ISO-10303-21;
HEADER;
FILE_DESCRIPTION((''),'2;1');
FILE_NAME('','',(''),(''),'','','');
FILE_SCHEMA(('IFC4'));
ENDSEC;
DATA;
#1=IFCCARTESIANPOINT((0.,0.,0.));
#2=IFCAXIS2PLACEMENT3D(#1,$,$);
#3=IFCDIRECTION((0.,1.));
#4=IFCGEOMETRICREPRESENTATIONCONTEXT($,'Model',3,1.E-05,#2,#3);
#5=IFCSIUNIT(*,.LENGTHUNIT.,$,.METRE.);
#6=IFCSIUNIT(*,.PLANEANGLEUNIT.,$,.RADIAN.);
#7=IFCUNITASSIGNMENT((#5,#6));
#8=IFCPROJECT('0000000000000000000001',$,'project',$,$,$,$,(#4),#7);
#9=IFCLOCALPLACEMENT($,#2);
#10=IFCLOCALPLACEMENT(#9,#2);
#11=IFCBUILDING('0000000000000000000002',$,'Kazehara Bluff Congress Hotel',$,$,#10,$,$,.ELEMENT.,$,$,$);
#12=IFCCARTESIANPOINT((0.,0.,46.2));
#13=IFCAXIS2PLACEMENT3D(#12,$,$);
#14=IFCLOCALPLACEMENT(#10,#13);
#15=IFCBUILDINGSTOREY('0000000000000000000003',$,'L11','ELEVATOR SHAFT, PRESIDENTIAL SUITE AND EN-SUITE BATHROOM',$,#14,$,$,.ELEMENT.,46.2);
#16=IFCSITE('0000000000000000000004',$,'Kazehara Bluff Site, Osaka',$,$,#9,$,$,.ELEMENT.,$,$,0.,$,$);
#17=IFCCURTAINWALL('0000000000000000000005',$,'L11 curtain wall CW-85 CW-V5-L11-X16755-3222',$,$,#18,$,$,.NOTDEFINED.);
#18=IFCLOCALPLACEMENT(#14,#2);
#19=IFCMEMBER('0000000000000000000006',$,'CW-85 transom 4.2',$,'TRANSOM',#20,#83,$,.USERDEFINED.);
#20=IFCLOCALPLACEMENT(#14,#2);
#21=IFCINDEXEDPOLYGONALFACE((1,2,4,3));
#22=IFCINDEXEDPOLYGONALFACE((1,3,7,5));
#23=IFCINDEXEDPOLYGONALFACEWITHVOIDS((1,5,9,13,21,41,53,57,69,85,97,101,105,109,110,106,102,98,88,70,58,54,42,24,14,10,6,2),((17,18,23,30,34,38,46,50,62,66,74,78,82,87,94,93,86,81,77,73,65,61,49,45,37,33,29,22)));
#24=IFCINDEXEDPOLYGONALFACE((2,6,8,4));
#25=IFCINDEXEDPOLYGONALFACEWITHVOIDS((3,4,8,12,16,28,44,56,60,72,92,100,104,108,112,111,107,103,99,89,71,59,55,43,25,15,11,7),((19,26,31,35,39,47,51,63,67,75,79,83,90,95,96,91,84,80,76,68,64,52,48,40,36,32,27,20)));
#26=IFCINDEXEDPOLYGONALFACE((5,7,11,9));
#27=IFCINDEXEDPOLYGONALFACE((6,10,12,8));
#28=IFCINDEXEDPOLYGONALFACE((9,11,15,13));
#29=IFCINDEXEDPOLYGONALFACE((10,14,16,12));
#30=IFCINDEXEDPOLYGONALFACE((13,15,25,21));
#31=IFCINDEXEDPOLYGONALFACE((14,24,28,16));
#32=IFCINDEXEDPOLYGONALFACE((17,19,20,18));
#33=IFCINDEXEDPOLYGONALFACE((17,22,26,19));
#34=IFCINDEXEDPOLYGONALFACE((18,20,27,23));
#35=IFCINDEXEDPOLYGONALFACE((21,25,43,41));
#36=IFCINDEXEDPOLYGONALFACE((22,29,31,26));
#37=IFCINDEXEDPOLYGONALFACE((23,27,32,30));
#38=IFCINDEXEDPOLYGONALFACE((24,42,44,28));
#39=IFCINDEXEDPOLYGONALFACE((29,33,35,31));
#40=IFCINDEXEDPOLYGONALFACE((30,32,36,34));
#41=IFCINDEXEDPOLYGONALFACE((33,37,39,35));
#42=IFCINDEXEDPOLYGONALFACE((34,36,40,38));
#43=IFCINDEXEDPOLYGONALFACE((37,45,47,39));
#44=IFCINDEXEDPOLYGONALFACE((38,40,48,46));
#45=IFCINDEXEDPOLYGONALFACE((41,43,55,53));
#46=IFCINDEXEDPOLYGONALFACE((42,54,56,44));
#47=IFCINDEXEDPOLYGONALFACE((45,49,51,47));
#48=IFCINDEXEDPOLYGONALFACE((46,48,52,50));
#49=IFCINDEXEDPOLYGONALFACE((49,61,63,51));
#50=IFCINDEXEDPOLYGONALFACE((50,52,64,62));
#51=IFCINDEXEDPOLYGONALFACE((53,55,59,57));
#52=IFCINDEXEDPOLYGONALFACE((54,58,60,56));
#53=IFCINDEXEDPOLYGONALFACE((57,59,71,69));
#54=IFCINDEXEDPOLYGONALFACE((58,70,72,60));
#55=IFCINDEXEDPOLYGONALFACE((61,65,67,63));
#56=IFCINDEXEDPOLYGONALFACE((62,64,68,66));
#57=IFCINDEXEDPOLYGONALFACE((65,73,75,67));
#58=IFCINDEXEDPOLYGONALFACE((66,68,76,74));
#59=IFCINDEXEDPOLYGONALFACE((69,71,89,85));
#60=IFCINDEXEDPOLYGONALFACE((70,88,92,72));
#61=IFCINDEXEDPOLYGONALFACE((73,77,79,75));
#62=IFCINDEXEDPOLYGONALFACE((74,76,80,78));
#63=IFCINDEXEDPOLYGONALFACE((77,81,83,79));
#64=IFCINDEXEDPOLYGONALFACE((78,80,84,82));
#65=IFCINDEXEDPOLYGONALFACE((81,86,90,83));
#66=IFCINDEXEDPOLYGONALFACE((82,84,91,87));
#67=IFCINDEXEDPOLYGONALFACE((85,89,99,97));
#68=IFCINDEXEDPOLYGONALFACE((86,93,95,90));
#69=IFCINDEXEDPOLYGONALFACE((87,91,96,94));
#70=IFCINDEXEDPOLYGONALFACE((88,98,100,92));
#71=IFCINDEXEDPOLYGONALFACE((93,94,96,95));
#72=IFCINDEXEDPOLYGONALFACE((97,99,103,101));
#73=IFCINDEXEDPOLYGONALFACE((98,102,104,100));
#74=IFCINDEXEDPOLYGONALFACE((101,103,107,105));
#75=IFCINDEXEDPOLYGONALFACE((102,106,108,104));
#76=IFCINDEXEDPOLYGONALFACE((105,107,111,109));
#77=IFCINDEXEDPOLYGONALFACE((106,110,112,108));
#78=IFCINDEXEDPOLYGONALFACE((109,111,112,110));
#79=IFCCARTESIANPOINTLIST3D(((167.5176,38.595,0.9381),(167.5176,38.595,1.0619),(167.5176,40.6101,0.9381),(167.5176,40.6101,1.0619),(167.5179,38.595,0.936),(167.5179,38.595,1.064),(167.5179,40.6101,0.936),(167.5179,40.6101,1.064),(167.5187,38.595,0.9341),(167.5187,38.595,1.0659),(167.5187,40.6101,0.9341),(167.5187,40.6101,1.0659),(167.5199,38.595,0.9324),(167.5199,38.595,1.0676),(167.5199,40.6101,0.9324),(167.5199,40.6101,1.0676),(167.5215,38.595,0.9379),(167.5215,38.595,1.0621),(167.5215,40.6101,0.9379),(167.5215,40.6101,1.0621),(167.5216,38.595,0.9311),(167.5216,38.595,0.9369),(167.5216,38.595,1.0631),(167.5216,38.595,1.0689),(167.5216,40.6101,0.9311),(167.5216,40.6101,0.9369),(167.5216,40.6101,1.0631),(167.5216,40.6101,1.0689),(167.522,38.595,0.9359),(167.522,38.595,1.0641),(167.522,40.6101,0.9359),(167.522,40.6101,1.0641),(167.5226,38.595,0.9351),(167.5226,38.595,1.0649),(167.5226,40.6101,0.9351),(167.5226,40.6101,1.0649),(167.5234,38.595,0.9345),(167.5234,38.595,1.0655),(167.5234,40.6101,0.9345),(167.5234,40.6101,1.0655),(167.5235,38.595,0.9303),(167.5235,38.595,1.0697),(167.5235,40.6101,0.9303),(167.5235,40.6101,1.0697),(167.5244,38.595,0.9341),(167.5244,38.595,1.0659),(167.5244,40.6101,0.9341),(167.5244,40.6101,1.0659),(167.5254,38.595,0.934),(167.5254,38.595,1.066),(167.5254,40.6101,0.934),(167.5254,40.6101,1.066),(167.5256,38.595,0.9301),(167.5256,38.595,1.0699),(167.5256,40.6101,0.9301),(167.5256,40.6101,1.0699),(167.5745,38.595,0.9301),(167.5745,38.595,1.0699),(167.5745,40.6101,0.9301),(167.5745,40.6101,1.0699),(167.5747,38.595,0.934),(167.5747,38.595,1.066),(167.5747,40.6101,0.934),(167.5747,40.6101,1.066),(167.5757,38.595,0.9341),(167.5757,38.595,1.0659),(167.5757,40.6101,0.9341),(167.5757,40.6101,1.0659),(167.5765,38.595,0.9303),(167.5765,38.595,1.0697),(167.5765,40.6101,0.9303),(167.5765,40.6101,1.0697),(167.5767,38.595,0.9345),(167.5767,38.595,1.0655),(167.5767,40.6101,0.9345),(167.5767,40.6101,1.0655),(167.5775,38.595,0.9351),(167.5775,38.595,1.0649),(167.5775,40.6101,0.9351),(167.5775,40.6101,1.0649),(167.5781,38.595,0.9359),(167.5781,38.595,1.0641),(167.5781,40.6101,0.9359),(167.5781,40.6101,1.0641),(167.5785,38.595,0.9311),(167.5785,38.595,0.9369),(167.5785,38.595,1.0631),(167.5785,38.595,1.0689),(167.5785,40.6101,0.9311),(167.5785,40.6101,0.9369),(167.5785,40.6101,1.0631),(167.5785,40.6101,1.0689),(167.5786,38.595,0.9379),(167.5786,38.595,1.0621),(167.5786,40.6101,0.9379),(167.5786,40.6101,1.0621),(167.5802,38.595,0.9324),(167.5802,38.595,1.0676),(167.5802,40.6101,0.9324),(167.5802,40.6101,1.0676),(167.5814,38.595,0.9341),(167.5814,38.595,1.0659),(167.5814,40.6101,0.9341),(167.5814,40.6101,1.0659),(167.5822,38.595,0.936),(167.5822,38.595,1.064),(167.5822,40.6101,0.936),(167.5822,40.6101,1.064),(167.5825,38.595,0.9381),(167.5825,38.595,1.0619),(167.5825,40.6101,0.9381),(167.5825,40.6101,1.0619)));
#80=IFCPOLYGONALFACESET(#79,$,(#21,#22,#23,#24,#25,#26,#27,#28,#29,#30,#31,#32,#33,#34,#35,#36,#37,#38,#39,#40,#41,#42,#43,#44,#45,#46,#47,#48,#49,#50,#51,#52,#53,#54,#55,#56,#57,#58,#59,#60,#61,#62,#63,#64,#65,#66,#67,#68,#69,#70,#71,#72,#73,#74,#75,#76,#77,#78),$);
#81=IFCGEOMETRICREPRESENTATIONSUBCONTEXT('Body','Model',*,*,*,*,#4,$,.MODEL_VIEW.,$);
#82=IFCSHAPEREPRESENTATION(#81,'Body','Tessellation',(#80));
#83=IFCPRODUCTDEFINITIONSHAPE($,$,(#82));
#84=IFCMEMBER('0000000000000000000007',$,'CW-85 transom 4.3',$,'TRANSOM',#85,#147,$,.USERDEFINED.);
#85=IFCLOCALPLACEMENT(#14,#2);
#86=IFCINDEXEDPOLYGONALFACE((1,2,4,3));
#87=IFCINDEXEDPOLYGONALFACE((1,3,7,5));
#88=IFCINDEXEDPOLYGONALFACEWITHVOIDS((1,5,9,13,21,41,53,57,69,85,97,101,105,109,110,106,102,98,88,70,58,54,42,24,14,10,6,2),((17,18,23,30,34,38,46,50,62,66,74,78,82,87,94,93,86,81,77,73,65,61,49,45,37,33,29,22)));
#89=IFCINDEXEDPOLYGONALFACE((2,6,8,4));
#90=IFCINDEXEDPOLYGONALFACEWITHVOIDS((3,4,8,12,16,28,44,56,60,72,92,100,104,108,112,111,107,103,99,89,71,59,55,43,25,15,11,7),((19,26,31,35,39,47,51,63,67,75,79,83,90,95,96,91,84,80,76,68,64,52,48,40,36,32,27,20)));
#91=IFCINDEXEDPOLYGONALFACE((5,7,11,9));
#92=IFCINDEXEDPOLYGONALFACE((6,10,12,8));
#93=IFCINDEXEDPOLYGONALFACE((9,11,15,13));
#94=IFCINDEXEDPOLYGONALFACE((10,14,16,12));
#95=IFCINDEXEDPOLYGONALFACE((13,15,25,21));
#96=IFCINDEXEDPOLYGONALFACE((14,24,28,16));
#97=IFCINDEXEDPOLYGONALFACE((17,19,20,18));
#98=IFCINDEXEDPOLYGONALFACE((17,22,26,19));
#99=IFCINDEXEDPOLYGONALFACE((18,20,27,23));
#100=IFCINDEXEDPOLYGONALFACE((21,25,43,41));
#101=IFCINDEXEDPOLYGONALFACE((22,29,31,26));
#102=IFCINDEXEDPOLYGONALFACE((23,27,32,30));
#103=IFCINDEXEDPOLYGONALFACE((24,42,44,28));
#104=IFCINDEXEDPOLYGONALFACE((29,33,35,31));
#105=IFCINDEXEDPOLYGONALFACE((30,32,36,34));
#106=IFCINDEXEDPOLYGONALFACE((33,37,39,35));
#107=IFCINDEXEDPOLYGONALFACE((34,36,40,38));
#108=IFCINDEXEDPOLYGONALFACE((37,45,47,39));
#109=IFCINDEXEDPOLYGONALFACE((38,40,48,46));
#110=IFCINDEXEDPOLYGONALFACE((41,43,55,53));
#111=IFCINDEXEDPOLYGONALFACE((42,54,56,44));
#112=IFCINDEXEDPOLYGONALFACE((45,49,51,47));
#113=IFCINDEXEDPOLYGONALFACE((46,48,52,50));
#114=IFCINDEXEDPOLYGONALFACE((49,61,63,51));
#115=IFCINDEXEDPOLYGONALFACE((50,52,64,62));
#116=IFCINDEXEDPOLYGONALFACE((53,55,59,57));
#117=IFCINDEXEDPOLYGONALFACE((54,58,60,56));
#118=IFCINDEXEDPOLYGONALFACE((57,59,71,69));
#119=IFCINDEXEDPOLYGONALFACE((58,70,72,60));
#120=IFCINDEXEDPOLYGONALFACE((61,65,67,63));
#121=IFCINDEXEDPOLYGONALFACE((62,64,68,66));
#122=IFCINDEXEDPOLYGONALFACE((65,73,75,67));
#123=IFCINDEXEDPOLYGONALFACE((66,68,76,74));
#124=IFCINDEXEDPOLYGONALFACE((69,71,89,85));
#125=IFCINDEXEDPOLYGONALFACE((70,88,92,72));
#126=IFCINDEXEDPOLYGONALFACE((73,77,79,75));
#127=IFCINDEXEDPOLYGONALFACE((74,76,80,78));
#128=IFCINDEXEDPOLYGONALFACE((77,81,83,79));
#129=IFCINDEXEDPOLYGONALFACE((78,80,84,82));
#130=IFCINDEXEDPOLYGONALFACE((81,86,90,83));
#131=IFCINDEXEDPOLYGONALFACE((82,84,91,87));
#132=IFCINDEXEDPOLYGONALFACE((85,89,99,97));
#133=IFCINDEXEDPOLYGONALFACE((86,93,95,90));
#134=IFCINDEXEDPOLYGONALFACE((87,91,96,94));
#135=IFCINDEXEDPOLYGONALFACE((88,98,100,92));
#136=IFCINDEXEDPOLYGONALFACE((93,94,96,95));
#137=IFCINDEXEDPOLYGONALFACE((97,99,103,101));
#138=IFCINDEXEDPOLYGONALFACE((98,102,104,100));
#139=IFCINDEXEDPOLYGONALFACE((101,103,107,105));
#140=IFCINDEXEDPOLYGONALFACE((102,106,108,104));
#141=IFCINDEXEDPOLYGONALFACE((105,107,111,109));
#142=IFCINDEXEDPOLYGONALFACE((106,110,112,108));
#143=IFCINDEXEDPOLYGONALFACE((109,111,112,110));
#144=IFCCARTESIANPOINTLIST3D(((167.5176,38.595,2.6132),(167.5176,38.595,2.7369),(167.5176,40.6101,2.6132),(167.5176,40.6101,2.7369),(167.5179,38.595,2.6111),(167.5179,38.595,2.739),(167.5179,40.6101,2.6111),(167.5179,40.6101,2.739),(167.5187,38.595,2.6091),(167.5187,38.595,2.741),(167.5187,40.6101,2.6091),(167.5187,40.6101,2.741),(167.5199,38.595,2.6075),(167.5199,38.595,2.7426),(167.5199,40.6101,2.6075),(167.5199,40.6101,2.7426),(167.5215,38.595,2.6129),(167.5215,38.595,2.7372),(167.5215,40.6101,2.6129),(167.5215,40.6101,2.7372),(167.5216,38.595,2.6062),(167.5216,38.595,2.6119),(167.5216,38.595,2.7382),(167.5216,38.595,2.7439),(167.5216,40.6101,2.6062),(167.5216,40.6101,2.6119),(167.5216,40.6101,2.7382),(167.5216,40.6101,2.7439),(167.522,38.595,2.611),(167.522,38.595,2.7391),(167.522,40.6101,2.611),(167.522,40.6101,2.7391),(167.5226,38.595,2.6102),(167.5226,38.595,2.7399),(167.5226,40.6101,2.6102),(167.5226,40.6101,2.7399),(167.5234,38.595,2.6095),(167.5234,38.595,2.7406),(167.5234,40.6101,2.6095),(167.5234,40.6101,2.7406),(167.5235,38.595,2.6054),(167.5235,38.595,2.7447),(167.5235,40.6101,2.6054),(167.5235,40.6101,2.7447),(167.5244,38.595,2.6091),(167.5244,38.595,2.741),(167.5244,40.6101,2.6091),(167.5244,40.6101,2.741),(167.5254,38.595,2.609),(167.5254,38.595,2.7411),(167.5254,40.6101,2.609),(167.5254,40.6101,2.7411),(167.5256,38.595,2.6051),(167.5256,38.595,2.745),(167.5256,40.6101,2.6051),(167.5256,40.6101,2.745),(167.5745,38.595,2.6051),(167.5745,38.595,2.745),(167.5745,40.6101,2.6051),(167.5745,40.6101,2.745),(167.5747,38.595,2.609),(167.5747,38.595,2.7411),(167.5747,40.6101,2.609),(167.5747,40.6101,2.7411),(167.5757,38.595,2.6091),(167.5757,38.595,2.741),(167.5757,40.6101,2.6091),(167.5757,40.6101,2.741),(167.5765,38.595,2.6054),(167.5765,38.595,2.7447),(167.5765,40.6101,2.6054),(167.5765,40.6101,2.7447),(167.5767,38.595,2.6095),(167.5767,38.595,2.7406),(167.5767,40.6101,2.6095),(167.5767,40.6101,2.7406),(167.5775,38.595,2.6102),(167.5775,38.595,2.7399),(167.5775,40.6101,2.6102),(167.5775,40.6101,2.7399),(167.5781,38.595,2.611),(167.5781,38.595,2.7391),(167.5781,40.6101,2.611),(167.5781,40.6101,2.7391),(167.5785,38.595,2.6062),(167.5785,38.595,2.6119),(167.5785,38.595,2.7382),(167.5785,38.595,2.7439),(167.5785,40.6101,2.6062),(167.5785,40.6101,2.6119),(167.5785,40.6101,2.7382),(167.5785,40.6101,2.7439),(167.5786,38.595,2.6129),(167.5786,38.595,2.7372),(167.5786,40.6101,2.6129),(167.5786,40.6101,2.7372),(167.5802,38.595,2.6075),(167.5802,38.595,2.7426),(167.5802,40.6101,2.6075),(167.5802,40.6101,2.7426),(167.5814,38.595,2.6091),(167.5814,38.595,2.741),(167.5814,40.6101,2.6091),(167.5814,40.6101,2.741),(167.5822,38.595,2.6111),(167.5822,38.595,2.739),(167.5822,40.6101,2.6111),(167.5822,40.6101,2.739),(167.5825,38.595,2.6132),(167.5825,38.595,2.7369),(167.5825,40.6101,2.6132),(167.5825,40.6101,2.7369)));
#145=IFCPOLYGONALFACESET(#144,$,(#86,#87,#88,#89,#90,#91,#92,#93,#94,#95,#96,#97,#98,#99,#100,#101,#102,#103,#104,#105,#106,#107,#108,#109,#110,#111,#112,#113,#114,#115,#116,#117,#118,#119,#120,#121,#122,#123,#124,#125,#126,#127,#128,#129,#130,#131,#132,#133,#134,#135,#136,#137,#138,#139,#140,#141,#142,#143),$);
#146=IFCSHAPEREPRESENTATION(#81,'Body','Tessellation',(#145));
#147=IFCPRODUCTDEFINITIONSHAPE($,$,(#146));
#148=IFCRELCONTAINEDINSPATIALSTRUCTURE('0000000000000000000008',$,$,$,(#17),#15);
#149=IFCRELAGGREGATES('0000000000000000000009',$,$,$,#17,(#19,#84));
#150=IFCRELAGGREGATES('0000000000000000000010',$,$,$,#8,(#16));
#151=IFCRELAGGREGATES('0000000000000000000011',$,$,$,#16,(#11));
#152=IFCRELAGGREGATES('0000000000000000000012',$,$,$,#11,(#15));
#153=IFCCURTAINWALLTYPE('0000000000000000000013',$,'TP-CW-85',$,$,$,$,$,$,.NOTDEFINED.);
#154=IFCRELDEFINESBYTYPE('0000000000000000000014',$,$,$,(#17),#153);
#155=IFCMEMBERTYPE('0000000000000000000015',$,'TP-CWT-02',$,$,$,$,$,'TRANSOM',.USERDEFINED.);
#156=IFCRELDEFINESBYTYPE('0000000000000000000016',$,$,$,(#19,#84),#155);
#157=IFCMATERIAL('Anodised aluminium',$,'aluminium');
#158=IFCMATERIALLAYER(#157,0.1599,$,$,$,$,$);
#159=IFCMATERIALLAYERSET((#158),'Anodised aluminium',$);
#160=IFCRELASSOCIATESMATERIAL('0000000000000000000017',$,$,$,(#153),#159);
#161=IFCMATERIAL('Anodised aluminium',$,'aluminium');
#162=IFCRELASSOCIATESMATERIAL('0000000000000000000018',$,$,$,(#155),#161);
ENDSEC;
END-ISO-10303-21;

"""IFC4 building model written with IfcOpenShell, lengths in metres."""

from ifc_helpers import new_model, si_unit, direction, frame, origin, origin_2d, place, context, subcontext, project, spatial, hollow_rectangle, extrude, material, layer, layer_set, material_profile, profile_set, type_object, element, aggregate, save


model = new_model("IFC4")

# Units and contexts
model_context = context("Model", 3, precision=1e-05, world=origin(), true_north=direction((0.0, 1.0)))
body_context = subcontext(model_context, "Body", "Model", "MODEL_VIEW")
ifc_project = project(units=[si_unit("LENGTHUNIT", "METRE"), si_unit("PLANEANGLEUNIT", "RADIAN")], contexts=[model_context])

# Site, building, storey
site_placement = place(None, origin())
site = spatial("IfcSite", under=ifc_project, at=site_placement, Name="Kazehara Bluff Site, Osaka", CompositionType="ELEMENT", RefElevation=0.0)
building_placement = place(site_placement, origin())
building = spatial("IfcBuilding", under=site, at=building_placement, Name="Kazehara Bluff Congress Hotel", CompositionType="ELEMENT")
storey_placement = place(building_placement, frame((0.0, 0.0, 46.2)))
storey = spatial("IfcBuildingStorey", under=building, at=storey_placement, Name="L11", Description="ELEVATOR SHAFT, PRESIDENTIAL SUITE AND EN-SUITE BATHROOM", CompositionType="ELEMENT", Elevation=46.2)

# Curtain wall, members
ifc_material_1 = material(Name="Anodised aluminium", Category="aluminium")
ifc_layer_1 = layer(ifc_material_1, 0.1599)
ifc_layer_set_1 = layer_set([ifc_layer_1], Name="Anodised aluminium")
curtain_wall_type = type_object("IfcCurtainWallType", Name="TP-CW-85", PredefinedType="NOTDEFINED", material=ifc_layer_set_1)
curtain_wall_placement = place(storey_placement, origin())
curtain_wall = element("IfcCurtainWall", 1, at=curtain_wall_placement, inside=storey, type_object=curtain_wall_type, Name="L11 curtain wall CW-85 CW-V5-L11-X16755-3222", PredefinedType="NOTDEFINED")
ifc_material_2 = material(Name="Anodised aluminium", Category="aluminium")
ifc_material_profile_1 = material_profile(ifc_material_2, hollow_rectangle(XDim=0.0649, YDim=0.1399, WallThickness=0.0039, InnerFilletRadius=0.0039, OuterFilletRadius=0.0081, at=origin_2d()))
ifc_profile_set_1 = profile_set([ifc_material_profile_1], Name="Anodised aluminium")
member_type_1 = type_object("IfcMemberType", Name="TP-CWT-02", ElementType="TRANSOM", PredefinedType="USERDEFINED", material=ifc_profile_set_1)
member_1_placement = place(storey_placement, frame((167.55, 38.595, 1.0), z_axis=(0.0, 1.0, 0.0), x_axis=(-1.0, 0.0, 0.0)))
member_1 = element("IfcMember", 2, at=member_1_placement, type_object=member_type_1, Name="CW-85 transom 4.2", ObjectType="TRANSOM", PredefinedType="USERDEFINED", context=body_context, shape_type="SweptSolid", body=[
    extrude(hollow_rectangle(XDim=0.0649, YDim=0.1399, WallThickness=0.0039, InnerFilletRadius=0.0039, OuterFilletRadius=0.0081, at=origin_2d()), origin(), (0.0, 0.0, 1.0), 2.0151),
])
member_2_placement = place(storey_placement, frame((167.55, 38.595, 2.675), z_axis=(0.0, 1.0, 0.0), x_axis=(-1.0, 0.0, 0.0)))
member_2 = element("IfcMember", 3, at=member_2_placement, type_object=member_type_1, Name="CW-85 transom 4.3", ObjectType="TRANSOM", PredefinedType="USERDEFINED", context=body_context, shape_type="SweptSolid", body=[
    extrude(hollow_rectangle(XDim=0.0649, YDim=0.1399, WallThickness=0.0039, InnerFilletRadius=0.0039, OuterFilletRadius=0.0081, at=origin_2d()), origin(), (0.0, 0.0, 1.0), 2.0151),
])

aggregate(curtain_wall, [member_1, member_2])

save(model, "model.ifc")
